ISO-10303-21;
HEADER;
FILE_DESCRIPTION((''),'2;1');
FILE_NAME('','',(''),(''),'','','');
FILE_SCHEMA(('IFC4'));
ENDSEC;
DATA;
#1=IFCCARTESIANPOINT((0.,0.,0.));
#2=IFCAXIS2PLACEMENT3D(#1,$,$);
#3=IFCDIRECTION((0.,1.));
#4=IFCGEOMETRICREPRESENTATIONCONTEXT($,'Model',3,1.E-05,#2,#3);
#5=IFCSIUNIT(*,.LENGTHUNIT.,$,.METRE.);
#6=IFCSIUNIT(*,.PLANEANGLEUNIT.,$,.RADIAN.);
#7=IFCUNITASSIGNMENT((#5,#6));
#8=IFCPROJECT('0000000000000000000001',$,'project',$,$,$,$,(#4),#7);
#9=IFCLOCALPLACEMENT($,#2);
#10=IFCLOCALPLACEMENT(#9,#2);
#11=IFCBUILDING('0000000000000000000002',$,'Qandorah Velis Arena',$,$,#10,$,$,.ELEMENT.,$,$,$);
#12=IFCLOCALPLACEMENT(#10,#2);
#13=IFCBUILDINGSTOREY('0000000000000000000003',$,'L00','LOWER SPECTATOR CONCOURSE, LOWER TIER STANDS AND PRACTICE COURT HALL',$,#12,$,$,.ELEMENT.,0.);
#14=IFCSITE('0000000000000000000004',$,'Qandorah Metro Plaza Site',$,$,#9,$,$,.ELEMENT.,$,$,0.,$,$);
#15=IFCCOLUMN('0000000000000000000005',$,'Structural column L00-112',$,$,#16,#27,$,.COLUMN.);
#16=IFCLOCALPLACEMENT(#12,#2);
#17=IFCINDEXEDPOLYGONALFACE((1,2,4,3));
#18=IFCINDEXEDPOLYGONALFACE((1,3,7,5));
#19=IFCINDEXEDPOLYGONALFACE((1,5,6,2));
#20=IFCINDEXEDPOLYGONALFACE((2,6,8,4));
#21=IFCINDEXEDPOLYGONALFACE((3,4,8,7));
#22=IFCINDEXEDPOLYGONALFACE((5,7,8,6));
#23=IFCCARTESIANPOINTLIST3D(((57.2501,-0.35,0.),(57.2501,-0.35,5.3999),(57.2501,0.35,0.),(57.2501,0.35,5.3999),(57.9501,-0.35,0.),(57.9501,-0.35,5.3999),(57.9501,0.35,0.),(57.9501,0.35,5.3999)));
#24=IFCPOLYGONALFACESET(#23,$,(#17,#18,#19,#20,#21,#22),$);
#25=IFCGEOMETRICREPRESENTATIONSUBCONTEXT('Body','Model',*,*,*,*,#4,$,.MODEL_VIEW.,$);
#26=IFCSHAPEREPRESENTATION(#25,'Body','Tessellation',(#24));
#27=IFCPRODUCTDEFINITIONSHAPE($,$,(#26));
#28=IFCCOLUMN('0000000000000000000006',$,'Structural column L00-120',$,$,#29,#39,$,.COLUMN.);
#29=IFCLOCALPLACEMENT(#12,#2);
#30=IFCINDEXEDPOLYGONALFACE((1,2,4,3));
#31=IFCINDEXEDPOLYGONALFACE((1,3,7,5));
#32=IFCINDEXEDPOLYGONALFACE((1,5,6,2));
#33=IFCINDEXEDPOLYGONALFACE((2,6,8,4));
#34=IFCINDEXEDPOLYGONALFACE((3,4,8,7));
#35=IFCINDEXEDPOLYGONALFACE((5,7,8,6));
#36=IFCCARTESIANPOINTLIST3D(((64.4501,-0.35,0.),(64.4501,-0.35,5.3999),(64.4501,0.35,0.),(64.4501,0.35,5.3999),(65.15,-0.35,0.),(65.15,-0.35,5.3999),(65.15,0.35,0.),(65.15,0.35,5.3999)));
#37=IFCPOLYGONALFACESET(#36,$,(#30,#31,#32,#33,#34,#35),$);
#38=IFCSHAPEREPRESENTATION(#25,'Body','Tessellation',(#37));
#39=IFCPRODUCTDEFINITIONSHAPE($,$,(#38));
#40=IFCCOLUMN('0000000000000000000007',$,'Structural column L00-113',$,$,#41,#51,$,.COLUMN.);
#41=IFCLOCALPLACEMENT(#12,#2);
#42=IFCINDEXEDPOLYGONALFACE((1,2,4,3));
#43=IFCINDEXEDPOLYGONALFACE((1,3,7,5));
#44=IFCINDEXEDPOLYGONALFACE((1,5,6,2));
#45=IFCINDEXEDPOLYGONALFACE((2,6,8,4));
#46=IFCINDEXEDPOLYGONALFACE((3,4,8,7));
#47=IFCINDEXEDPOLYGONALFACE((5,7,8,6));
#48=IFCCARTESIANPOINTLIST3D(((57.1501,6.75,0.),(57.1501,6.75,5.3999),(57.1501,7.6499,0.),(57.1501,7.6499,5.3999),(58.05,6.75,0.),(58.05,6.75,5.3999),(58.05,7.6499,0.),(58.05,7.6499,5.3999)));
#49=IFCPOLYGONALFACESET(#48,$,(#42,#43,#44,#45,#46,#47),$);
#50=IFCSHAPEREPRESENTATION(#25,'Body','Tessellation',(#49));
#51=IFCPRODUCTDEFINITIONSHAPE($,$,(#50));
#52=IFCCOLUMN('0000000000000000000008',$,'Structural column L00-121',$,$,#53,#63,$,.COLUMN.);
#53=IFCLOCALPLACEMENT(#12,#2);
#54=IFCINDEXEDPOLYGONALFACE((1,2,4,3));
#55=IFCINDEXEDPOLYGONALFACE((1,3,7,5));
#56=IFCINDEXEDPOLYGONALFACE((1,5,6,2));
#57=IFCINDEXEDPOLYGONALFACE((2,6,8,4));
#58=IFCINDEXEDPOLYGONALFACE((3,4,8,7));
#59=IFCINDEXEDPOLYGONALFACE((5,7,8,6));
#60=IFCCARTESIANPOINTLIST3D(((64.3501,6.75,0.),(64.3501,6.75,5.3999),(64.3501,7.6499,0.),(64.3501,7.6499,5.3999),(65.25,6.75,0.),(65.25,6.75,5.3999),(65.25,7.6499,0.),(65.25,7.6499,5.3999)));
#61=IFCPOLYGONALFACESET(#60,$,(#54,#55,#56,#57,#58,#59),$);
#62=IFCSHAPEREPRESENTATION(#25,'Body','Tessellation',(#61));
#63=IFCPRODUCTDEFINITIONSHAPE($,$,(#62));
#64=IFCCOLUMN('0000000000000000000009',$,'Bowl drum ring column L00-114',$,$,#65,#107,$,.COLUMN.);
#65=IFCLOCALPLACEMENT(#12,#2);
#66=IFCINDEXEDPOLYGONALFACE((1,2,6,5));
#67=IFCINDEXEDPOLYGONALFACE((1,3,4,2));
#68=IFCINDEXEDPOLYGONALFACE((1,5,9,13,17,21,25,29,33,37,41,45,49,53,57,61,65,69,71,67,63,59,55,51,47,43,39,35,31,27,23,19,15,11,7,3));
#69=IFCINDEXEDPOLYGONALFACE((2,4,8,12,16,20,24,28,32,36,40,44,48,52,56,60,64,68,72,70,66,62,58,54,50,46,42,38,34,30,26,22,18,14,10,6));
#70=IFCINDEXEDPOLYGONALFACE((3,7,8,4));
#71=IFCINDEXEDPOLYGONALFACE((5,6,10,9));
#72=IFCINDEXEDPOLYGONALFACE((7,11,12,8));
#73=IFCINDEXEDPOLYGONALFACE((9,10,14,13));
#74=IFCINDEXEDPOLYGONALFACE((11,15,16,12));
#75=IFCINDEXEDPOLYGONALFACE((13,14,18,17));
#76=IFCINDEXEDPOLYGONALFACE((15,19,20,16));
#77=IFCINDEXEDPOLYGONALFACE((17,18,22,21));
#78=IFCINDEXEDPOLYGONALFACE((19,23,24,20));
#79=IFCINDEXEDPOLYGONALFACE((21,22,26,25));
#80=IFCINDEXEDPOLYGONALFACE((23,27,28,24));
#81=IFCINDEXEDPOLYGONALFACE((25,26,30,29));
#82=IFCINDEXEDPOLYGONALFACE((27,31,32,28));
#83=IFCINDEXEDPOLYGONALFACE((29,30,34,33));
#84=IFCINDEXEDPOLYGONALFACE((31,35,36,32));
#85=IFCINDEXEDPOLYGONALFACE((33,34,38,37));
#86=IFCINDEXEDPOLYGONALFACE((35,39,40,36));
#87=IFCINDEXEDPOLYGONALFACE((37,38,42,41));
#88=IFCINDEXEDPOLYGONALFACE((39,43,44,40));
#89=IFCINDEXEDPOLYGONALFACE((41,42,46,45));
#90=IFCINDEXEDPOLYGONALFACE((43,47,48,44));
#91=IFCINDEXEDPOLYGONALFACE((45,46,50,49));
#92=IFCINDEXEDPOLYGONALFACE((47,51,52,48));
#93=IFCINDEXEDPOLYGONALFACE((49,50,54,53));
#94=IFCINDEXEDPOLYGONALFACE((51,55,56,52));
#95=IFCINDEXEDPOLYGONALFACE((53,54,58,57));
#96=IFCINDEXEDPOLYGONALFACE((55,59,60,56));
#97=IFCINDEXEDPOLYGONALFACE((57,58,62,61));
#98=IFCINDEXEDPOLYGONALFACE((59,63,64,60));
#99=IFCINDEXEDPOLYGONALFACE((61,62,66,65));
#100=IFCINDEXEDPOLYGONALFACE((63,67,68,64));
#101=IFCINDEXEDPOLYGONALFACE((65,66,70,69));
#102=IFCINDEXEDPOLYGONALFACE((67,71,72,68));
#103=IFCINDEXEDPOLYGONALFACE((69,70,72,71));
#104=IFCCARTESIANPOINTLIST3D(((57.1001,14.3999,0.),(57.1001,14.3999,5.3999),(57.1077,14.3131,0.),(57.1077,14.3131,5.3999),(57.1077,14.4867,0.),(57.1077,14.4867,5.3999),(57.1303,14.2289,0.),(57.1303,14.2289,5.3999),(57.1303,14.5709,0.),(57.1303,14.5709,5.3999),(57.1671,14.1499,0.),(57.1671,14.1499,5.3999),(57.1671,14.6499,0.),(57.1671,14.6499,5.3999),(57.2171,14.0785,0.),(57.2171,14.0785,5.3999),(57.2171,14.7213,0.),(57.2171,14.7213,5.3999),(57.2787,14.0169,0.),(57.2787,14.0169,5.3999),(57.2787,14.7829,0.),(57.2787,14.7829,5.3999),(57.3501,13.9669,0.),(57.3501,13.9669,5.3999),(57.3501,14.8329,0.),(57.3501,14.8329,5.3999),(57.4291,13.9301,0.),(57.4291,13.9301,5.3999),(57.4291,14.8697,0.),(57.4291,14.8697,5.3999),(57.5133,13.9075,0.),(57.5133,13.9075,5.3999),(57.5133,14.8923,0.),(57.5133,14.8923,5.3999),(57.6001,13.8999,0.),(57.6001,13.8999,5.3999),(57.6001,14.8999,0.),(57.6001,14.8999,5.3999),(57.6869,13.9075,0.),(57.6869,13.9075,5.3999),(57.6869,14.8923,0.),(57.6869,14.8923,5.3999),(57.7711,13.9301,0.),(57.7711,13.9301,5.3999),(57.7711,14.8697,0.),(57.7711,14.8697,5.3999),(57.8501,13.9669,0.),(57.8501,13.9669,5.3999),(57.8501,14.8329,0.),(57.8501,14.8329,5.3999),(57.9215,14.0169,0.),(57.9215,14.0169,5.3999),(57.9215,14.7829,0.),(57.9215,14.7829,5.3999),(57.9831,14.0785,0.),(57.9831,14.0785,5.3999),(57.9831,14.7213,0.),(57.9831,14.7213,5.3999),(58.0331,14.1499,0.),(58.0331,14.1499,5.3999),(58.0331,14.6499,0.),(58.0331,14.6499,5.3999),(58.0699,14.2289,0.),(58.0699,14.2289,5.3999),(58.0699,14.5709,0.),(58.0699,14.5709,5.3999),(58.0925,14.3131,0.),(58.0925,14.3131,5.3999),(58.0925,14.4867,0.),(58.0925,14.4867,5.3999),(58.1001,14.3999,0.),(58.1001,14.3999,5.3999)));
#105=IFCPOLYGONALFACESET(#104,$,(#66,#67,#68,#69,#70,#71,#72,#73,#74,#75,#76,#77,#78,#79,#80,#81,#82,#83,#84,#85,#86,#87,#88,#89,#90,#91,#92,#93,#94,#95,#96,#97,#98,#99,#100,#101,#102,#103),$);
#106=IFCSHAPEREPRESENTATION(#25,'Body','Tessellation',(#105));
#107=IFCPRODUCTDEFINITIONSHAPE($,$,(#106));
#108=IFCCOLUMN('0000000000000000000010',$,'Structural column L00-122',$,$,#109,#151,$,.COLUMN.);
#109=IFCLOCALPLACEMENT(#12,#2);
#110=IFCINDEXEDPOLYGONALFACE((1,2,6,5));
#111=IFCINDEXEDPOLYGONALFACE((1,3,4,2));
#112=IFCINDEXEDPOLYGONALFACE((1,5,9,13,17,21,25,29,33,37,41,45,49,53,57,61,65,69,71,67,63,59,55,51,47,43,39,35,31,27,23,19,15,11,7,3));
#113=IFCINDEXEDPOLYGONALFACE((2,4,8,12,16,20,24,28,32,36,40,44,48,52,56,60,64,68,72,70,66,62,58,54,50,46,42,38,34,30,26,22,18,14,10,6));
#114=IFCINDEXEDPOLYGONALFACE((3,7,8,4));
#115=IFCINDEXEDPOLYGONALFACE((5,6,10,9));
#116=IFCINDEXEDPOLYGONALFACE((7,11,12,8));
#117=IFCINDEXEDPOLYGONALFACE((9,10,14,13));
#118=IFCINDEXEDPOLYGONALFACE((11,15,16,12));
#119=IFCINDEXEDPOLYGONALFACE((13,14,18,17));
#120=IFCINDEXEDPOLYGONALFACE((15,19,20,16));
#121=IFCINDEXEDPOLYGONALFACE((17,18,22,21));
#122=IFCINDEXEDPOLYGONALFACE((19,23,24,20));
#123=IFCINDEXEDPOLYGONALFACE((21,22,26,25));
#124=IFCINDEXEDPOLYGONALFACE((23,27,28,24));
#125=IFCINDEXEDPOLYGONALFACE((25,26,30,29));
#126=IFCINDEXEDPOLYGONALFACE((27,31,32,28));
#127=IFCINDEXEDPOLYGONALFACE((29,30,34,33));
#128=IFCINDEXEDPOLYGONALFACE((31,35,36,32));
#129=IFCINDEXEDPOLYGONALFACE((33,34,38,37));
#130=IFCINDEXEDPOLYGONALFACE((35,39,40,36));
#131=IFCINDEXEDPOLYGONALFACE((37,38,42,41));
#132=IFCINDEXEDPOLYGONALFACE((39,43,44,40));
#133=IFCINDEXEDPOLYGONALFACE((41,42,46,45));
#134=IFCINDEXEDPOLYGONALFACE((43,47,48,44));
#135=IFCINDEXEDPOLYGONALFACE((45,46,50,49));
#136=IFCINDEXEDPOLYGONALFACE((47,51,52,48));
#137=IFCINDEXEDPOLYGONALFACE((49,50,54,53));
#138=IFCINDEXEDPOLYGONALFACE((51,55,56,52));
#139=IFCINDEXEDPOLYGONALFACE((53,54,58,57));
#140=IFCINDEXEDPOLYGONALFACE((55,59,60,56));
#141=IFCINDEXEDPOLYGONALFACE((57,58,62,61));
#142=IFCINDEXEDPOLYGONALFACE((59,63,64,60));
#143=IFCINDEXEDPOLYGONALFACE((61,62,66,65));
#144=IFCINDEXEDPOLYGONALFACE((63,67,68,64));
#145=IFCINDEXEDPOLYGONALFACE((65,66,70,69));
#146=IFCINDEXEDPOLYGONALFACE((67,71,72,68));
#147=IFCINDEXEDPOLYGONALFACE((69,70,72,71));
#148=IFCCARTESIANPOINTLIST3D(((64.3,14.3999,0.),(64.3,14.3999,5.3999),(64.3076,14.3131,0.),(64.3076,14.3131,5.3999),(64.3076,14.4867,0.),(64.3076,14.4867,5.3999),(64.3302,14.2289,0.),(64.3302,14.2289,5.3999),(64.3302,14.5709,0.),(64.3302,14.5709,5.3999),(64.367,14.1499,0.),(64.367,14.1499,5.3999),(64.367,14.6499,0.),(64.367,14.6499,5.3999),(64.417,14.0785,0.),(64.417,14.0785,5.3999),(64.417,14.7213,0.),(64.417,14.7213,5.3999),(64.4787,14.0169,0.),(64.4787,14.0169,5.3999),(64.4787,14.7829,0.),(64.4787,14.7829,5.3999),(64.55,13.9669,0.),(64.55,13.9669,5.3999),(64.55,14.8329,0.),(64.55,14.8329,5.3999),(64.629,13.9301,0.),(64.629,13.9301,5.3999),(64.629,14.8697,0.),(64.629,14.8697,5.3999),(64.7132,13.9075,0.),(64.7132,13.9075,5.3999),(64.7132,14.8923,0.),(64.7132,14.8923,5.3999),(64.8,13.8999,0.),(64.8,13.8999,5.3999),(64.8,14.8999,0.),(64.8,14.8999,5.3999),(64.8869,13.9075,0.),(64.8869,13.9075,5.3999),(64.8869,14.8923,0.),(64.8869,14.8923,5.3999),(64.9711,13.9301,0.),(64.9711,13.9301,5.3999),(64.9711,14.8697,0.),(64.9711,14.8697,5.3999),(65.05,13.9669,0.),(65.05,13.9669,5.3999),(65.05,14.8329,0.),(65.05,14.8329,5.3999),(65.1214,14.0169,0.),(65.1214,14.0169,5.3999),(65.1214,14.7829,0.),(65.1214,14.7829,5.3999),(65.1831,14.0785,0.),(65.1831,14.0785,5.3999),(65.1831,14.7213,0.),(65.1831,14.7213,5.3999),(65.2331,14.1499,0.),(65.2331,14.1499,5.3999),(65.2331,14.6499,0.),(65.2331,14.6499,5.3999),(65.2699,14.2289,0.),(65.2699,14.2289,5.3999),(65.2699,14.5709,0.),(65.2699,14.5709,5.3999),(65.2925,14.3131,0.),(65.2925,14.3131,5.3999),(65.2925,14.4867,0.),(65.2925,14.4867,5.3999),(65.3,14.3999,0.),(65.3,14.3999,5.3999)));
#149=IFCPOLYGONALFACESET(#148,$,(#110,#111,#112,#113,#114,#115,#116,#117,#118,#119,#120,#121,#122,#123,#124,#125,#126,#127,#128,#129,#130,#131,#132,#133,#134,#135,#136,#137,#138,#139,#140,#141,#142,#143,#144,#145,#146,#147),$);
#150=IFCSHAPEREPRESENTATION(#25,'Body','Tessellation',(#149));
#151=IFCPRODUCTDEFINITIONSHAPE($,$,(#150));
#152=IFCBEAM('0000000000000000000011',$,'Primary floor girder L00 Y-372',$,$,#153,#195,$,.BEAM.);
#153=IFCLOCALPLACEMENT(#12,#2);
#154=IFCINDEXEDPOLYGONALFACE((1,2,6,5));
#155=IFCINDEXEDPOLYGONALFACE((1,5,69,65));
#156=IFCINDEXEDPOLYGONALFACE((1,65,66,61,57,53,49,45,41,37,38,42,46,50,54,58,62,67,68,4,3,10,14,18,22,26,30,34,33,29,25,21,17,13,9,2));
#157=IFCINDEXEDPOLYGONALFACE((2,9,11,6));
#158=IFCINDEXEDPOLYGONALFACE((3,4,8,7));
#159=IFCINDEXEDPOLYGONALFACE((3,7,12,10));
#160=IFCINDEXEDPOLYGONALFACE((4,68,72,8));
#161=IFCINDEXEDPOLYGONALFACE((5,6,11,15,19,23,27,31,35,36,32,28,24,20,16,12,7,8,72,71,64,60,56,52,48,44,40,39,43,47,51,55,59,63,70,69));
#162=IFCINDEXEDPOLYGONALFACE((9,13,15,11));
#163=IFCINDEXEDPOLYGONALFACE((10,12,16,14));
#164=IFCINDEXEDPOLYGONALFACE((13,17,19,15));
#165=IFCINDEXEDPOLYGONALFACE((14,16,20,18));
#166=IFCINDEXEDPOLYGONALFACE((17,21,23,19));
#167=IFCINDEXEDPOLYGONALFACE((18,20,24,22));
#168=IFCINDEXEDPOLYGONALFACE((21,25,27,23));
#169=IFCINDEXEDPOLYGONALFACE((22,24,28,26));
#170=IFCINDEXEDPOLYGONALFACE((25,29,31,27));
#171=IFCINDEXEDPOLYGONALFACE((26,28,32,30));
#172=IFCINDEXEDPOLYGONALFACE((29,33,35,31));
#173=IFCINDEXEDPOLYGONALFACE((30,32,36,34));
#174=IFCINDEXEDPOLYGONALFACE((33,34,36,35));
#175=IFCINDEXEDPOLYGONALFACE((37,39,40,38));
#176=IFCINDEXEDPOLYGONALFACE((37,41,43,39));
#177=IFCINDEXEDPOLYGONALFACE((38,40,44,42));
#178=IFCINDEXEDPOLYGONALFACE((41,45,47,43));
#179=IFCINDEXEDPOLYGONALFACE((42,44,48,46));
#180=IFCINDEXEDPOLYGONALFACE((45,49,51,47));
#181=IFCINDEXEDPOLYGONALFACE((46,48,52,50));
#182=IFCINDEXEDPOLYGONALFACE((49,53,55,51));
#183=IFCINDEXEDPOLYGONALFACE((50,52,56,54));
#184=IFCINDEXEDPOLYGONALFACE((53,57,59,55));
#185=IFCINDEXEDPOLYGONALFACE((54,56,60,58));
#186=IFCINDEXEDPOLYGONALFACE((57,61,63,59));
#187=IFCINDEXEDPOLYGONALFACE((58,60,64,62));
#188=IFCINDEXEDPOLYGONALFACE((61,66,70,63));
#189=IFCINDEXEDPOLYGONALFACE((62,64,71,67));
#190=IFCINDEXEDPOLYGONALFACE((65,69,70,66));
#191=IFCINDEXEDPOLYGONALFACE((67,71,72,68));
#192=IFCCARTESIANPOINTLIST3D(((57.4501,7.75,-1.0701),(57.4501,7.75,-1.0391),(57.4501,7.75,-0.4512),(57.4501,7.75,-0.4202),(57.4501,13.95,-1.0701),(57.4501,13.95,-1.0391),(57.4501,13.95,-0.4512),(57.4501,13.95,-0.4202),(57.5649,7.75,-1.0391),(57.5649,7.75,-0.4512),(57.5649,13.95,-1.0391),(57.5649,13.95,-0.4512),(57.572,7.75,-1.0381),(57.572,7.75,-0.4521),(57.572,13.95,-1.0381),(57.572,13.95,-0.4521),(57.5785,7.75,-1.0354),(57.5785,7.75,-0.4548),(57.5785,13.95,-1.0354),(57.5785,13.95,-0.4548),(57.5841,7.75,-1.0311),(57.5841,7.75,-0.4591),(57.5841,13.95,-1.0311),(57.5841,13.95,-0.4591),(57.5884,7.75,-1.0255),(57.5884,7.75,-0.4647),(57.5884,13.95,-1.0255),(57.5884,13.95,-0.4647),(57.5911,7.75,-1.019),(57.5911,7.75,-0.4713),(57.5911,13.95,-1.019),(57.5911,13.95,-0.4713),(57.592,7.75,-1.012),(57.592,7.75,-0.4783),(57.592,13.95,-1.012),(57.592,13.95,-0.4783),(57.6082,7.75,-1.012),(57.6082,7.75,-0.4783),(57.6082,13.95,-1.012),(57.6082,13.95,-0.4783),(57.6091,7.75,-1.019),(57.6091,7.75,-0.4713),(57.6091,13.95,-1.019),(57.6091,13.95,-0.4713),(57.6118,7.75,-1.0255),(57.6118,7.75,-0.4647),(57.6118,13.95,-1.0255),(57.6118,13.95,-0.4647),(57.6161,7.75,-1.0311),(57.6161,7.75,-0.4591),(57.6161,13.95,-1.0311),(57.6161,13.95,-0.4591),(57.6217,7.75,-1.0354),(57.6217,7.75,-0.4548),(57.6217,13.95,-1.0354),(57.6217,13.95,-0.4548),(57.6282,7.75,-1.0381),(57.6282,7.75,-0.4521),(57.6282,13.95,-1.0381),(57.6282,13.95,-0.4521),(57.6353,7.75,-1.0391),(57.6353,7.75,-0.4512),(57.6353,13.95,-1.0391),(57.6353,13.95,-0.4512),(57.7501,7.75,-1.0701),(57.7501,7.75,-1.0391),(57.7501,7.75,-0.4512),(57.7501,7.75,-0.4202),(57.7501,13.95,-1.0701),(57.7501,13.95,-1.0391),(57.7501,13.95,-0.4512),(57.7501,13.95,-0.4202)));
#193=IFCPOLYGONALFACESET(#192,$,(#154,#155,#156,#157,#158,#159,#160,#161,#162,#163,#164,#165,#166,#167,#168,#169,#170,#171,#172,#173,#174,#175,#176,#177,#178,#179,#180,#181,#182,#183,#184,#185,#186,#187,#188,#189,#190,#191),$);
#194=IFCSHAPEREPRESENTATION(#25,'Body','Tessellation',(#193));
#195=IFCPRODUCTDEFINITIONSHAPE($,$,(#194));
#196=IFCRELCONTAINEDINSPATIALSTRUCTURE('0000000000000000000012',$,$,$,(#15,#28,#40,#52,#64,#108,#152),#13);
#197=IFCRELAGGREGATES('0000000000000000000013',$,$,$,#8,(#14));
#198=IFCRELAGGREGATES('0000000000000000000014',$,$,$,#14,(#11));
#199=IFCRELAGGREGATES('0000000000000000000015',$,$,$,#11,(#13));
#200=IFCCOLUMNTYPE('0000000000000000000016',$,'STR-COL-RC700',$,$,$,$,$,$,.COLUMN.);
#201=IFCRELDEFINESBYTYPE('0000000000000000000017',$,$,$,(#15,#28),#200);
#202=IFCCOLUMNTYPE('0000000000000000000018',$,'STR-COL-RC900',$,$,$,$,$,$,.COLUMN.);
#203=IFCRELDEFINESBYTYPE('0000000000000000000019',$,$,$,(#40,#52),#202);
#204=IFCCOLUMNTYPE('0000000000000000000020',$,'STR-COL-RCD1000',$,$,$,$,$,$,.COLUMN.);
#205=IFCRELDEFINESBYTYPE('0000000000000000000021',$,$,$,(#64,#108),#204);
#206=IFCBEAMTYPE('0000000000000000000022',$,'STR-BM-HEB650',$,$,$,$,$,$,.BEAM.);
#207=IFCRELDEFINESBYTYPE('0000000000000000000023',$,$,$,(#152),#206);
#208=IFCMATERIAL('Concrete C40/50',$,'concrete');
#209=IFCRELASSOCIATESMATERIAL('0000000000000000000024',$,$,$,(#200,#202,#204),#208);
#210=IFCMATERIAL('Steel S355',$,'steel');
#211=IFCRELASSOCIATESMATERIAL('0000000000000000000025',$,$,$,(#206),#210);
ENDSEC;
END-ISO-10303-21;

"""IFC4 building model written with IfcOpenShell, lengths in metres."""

from ifc_helpers import new_model, si_unit, direction, frame, origin, origin_2d, place, context, subcontext, project, spatial, rectangle, circle, i_section, extrude, material, material_profile, profile_set, type_object, element, save


model = new_model("IFC4")

# Units and contexts
model_context = context("Model", 3, precision=1e-05, world=origin(), true_north=direction((0.0, 1.0)))
body_context = subcontext(model_context, "Body", "Model", "MODEL_VIEW")
ifc_project = project(units=[si_unit("LENGTHUNIT", "METRE"), si_unit("PLANEANGLEUNIT", "RADIAN")], contexts=[model_context])

# Site, building, storey
site_placement = place(None, origin())
site = spatial("IfcSite", under=ifc_project, at=site_placement, Name="Qandorah Metro Plaza Site", CompositionType="ELEMENT", RefElevation=0.0)
building_placement = place(site_placement, origin())
building = spatial("IfcBuilding", under=site, at=building_placement, Name="Qandorah Velis Arena", CompositionType="ELEMENT")
storey_placement = place(building_placement, origin())
storey = spatial("IfcBuildingStorey", under=building, at=storey_placement, Name="L00", Description="LOWER SPECTATOR CONCOURSE, LOWER TIER STANDS AND PRACTICE COURT HALL", CompositionType="ELEMENT", Elevation=0.0)

# Columns
ifc_material_1 = material(Name="Concrete C40/50", Category="concrete")
ifc_material_profile_1 = material_profile(ifc_material_1, rectangle(XDim=0.7, YDim=0.7, at=origin_2d()), Name="RC COL 700x700")
ifc_profile_set_1 = profile_set([ifc_material_profile_1], Name="Concrete C40/50")
column_type_1 = type_object("IfcColumnType", Name="STR-COL-RC700", PredefinedType="COLUMN", material=ifc_profile_set_1)
for number, where, z_axis, x_axis, name in (
    (1, (57.6001, 0.0, 0.0), (0.0, 0.0, 1.0), (1.0, 0.0, 0.0), "Structural column L00-112"),
    (2, (64.8, 0.0, 0.0), (0.0, 0.0, 1.0), (1.0, 0.0, 0.0), "Structural column L00-120"),
):
    element("IfcColumn", number, at=place(storey_placement, frame(where, z_axis=z_axis, x_axis=x_axis)), inside=storey, type_object=column_type_1, Name=name, PredefinedType="COLUMN", context=body_context, shape_type="SweptSolid", body=[
        extrude(rectangle(XDim=0.7, YDim=0.7, at=origin_2d()), origin(), (0.0, 0.0, 1.0), 5.3999),
    ])
ifc_material_profile_2 = material_profile(ifc_material_1, rectangle(XDim=0.8999, YDim=0.8999, at=origin_2d()), Name="RC COL 900x900")
ifc_profile_set_2 = profile_set([ifc_material_profile_2], Name="Concrete C40/50")
column_type_2 = type_object("IfcColumnType", Name="STR-COL-RC900", PredefinedType="COLUMN", material=ifc_profile_set_2)
for number, where, z_axis, x_axis, name in (
    (3, (57.6001, 7.2, 0.0), (0.0, 0.0, 1.0), (1.0, 0.0, 0.0), "Structural column L00-113"),
    (4, (64.8, 7.2, 0.0), (0.0, 0.0, 1.0), (1.0, 0.0, 0.0), "Structural column L00-121"),
):
    element("IfcColumn", number, at=place(storey_placement, frame(where, z_axis=z_axis, x_axis=x_axis)), inside=storey, type_object=column_type_2, Name=name, PredefinedType="COLUMN", context=body_context, shape_type="SweptSolid", body=[
        extrude(rectangle(XDim=0.8999, YDim=0.8999, at=origin_2d()), origin(), (0.0, 0.0, 1.0), 5.3999),
    ])
ifc_material_profile_3 = material_profile(ifc_material_1, circle(Radius=0.5, at=origin_2d()), Name="RC D1000")
ifc_profile_set_3 = profile_set([ifc_material_profile_3], Name="Concrete C40/50")
column_type_3 = type_object("IfcColumnType", Name="STR-COL-RCD1000", PredefinedType="COLUMN", material=ifc_profile_set_3)
for number, where, z_axis, x_axis, name in (
    (5, (57.6001, 14.3999, 0.0), (0.0, 0.0, 1.0), (1.0, 0.0, 0.0), "Bowl drum ring column L00-114"),
    (6, (64.8, 14.3999, 0.0), (0.0, 0.0, 1.0), (1.0, 0.0, 0.0), "Structural column L00-122"),
):
    element("IfcColumn", number, at=place(storey_placement, frame(where, z_axis=z_axis, x_axis=x_axis)), inside=storey, type_object=column_type_3, Name=name, PredefinedType="COLUMN", context=body_context, shape_type="SweptSolid", body=[
        extrude(circle(Radius=0.5, at=origin_2d()), origin(), (0.0, 0.0, 1.0), 5.3999),
    ])

# Beam
ifc_material_2 = material(Name="Steel S355", Category="steel")
ifc_material_profile_4 = material_profile(ifc_material_2, i_section(OverallWidth=0.3, OverallDepth=0.6499, WebThickness=0.0161, FlangeThickness=0.031, FilletRadius=0.0271, at=origin_2d()), Name="HEB 650")
ifc_profile_set_4 = profile_set([ifc_material_profile_4], Name="Steel S355")
beam_type_1 = type_object("IfcBeamType", Name="STR-BM-HEB650", PredefinedType="BEAM", material=ifc_profile_set_4)
beam_1_placement = place(storey_placement, frame((57.6001, 7.75, -0.7451), z_axis=(0.0, 1.0, 0.0), x_axis=(-1.0, 0.0, 0.0)))
element("IfcBeam", 7, at=beam_1_placement, inside=storey, type_object=beam_type_1, Name="Primary floor girder L00 Y-372", PredefinedType="BEAM", context=body_context, shape_type="SweptSolid", body=[
    extrude(i_section(OverallWidth=0.3, OverallDepth=0.6499, WebThickness=0.0161, FlangeThickness=0.031, FilletRadius=0.0271, at=origin_2d()), origin(), (0.0, 0.0, 1.0), 6.2),
])

save(model, "model.ifc")
